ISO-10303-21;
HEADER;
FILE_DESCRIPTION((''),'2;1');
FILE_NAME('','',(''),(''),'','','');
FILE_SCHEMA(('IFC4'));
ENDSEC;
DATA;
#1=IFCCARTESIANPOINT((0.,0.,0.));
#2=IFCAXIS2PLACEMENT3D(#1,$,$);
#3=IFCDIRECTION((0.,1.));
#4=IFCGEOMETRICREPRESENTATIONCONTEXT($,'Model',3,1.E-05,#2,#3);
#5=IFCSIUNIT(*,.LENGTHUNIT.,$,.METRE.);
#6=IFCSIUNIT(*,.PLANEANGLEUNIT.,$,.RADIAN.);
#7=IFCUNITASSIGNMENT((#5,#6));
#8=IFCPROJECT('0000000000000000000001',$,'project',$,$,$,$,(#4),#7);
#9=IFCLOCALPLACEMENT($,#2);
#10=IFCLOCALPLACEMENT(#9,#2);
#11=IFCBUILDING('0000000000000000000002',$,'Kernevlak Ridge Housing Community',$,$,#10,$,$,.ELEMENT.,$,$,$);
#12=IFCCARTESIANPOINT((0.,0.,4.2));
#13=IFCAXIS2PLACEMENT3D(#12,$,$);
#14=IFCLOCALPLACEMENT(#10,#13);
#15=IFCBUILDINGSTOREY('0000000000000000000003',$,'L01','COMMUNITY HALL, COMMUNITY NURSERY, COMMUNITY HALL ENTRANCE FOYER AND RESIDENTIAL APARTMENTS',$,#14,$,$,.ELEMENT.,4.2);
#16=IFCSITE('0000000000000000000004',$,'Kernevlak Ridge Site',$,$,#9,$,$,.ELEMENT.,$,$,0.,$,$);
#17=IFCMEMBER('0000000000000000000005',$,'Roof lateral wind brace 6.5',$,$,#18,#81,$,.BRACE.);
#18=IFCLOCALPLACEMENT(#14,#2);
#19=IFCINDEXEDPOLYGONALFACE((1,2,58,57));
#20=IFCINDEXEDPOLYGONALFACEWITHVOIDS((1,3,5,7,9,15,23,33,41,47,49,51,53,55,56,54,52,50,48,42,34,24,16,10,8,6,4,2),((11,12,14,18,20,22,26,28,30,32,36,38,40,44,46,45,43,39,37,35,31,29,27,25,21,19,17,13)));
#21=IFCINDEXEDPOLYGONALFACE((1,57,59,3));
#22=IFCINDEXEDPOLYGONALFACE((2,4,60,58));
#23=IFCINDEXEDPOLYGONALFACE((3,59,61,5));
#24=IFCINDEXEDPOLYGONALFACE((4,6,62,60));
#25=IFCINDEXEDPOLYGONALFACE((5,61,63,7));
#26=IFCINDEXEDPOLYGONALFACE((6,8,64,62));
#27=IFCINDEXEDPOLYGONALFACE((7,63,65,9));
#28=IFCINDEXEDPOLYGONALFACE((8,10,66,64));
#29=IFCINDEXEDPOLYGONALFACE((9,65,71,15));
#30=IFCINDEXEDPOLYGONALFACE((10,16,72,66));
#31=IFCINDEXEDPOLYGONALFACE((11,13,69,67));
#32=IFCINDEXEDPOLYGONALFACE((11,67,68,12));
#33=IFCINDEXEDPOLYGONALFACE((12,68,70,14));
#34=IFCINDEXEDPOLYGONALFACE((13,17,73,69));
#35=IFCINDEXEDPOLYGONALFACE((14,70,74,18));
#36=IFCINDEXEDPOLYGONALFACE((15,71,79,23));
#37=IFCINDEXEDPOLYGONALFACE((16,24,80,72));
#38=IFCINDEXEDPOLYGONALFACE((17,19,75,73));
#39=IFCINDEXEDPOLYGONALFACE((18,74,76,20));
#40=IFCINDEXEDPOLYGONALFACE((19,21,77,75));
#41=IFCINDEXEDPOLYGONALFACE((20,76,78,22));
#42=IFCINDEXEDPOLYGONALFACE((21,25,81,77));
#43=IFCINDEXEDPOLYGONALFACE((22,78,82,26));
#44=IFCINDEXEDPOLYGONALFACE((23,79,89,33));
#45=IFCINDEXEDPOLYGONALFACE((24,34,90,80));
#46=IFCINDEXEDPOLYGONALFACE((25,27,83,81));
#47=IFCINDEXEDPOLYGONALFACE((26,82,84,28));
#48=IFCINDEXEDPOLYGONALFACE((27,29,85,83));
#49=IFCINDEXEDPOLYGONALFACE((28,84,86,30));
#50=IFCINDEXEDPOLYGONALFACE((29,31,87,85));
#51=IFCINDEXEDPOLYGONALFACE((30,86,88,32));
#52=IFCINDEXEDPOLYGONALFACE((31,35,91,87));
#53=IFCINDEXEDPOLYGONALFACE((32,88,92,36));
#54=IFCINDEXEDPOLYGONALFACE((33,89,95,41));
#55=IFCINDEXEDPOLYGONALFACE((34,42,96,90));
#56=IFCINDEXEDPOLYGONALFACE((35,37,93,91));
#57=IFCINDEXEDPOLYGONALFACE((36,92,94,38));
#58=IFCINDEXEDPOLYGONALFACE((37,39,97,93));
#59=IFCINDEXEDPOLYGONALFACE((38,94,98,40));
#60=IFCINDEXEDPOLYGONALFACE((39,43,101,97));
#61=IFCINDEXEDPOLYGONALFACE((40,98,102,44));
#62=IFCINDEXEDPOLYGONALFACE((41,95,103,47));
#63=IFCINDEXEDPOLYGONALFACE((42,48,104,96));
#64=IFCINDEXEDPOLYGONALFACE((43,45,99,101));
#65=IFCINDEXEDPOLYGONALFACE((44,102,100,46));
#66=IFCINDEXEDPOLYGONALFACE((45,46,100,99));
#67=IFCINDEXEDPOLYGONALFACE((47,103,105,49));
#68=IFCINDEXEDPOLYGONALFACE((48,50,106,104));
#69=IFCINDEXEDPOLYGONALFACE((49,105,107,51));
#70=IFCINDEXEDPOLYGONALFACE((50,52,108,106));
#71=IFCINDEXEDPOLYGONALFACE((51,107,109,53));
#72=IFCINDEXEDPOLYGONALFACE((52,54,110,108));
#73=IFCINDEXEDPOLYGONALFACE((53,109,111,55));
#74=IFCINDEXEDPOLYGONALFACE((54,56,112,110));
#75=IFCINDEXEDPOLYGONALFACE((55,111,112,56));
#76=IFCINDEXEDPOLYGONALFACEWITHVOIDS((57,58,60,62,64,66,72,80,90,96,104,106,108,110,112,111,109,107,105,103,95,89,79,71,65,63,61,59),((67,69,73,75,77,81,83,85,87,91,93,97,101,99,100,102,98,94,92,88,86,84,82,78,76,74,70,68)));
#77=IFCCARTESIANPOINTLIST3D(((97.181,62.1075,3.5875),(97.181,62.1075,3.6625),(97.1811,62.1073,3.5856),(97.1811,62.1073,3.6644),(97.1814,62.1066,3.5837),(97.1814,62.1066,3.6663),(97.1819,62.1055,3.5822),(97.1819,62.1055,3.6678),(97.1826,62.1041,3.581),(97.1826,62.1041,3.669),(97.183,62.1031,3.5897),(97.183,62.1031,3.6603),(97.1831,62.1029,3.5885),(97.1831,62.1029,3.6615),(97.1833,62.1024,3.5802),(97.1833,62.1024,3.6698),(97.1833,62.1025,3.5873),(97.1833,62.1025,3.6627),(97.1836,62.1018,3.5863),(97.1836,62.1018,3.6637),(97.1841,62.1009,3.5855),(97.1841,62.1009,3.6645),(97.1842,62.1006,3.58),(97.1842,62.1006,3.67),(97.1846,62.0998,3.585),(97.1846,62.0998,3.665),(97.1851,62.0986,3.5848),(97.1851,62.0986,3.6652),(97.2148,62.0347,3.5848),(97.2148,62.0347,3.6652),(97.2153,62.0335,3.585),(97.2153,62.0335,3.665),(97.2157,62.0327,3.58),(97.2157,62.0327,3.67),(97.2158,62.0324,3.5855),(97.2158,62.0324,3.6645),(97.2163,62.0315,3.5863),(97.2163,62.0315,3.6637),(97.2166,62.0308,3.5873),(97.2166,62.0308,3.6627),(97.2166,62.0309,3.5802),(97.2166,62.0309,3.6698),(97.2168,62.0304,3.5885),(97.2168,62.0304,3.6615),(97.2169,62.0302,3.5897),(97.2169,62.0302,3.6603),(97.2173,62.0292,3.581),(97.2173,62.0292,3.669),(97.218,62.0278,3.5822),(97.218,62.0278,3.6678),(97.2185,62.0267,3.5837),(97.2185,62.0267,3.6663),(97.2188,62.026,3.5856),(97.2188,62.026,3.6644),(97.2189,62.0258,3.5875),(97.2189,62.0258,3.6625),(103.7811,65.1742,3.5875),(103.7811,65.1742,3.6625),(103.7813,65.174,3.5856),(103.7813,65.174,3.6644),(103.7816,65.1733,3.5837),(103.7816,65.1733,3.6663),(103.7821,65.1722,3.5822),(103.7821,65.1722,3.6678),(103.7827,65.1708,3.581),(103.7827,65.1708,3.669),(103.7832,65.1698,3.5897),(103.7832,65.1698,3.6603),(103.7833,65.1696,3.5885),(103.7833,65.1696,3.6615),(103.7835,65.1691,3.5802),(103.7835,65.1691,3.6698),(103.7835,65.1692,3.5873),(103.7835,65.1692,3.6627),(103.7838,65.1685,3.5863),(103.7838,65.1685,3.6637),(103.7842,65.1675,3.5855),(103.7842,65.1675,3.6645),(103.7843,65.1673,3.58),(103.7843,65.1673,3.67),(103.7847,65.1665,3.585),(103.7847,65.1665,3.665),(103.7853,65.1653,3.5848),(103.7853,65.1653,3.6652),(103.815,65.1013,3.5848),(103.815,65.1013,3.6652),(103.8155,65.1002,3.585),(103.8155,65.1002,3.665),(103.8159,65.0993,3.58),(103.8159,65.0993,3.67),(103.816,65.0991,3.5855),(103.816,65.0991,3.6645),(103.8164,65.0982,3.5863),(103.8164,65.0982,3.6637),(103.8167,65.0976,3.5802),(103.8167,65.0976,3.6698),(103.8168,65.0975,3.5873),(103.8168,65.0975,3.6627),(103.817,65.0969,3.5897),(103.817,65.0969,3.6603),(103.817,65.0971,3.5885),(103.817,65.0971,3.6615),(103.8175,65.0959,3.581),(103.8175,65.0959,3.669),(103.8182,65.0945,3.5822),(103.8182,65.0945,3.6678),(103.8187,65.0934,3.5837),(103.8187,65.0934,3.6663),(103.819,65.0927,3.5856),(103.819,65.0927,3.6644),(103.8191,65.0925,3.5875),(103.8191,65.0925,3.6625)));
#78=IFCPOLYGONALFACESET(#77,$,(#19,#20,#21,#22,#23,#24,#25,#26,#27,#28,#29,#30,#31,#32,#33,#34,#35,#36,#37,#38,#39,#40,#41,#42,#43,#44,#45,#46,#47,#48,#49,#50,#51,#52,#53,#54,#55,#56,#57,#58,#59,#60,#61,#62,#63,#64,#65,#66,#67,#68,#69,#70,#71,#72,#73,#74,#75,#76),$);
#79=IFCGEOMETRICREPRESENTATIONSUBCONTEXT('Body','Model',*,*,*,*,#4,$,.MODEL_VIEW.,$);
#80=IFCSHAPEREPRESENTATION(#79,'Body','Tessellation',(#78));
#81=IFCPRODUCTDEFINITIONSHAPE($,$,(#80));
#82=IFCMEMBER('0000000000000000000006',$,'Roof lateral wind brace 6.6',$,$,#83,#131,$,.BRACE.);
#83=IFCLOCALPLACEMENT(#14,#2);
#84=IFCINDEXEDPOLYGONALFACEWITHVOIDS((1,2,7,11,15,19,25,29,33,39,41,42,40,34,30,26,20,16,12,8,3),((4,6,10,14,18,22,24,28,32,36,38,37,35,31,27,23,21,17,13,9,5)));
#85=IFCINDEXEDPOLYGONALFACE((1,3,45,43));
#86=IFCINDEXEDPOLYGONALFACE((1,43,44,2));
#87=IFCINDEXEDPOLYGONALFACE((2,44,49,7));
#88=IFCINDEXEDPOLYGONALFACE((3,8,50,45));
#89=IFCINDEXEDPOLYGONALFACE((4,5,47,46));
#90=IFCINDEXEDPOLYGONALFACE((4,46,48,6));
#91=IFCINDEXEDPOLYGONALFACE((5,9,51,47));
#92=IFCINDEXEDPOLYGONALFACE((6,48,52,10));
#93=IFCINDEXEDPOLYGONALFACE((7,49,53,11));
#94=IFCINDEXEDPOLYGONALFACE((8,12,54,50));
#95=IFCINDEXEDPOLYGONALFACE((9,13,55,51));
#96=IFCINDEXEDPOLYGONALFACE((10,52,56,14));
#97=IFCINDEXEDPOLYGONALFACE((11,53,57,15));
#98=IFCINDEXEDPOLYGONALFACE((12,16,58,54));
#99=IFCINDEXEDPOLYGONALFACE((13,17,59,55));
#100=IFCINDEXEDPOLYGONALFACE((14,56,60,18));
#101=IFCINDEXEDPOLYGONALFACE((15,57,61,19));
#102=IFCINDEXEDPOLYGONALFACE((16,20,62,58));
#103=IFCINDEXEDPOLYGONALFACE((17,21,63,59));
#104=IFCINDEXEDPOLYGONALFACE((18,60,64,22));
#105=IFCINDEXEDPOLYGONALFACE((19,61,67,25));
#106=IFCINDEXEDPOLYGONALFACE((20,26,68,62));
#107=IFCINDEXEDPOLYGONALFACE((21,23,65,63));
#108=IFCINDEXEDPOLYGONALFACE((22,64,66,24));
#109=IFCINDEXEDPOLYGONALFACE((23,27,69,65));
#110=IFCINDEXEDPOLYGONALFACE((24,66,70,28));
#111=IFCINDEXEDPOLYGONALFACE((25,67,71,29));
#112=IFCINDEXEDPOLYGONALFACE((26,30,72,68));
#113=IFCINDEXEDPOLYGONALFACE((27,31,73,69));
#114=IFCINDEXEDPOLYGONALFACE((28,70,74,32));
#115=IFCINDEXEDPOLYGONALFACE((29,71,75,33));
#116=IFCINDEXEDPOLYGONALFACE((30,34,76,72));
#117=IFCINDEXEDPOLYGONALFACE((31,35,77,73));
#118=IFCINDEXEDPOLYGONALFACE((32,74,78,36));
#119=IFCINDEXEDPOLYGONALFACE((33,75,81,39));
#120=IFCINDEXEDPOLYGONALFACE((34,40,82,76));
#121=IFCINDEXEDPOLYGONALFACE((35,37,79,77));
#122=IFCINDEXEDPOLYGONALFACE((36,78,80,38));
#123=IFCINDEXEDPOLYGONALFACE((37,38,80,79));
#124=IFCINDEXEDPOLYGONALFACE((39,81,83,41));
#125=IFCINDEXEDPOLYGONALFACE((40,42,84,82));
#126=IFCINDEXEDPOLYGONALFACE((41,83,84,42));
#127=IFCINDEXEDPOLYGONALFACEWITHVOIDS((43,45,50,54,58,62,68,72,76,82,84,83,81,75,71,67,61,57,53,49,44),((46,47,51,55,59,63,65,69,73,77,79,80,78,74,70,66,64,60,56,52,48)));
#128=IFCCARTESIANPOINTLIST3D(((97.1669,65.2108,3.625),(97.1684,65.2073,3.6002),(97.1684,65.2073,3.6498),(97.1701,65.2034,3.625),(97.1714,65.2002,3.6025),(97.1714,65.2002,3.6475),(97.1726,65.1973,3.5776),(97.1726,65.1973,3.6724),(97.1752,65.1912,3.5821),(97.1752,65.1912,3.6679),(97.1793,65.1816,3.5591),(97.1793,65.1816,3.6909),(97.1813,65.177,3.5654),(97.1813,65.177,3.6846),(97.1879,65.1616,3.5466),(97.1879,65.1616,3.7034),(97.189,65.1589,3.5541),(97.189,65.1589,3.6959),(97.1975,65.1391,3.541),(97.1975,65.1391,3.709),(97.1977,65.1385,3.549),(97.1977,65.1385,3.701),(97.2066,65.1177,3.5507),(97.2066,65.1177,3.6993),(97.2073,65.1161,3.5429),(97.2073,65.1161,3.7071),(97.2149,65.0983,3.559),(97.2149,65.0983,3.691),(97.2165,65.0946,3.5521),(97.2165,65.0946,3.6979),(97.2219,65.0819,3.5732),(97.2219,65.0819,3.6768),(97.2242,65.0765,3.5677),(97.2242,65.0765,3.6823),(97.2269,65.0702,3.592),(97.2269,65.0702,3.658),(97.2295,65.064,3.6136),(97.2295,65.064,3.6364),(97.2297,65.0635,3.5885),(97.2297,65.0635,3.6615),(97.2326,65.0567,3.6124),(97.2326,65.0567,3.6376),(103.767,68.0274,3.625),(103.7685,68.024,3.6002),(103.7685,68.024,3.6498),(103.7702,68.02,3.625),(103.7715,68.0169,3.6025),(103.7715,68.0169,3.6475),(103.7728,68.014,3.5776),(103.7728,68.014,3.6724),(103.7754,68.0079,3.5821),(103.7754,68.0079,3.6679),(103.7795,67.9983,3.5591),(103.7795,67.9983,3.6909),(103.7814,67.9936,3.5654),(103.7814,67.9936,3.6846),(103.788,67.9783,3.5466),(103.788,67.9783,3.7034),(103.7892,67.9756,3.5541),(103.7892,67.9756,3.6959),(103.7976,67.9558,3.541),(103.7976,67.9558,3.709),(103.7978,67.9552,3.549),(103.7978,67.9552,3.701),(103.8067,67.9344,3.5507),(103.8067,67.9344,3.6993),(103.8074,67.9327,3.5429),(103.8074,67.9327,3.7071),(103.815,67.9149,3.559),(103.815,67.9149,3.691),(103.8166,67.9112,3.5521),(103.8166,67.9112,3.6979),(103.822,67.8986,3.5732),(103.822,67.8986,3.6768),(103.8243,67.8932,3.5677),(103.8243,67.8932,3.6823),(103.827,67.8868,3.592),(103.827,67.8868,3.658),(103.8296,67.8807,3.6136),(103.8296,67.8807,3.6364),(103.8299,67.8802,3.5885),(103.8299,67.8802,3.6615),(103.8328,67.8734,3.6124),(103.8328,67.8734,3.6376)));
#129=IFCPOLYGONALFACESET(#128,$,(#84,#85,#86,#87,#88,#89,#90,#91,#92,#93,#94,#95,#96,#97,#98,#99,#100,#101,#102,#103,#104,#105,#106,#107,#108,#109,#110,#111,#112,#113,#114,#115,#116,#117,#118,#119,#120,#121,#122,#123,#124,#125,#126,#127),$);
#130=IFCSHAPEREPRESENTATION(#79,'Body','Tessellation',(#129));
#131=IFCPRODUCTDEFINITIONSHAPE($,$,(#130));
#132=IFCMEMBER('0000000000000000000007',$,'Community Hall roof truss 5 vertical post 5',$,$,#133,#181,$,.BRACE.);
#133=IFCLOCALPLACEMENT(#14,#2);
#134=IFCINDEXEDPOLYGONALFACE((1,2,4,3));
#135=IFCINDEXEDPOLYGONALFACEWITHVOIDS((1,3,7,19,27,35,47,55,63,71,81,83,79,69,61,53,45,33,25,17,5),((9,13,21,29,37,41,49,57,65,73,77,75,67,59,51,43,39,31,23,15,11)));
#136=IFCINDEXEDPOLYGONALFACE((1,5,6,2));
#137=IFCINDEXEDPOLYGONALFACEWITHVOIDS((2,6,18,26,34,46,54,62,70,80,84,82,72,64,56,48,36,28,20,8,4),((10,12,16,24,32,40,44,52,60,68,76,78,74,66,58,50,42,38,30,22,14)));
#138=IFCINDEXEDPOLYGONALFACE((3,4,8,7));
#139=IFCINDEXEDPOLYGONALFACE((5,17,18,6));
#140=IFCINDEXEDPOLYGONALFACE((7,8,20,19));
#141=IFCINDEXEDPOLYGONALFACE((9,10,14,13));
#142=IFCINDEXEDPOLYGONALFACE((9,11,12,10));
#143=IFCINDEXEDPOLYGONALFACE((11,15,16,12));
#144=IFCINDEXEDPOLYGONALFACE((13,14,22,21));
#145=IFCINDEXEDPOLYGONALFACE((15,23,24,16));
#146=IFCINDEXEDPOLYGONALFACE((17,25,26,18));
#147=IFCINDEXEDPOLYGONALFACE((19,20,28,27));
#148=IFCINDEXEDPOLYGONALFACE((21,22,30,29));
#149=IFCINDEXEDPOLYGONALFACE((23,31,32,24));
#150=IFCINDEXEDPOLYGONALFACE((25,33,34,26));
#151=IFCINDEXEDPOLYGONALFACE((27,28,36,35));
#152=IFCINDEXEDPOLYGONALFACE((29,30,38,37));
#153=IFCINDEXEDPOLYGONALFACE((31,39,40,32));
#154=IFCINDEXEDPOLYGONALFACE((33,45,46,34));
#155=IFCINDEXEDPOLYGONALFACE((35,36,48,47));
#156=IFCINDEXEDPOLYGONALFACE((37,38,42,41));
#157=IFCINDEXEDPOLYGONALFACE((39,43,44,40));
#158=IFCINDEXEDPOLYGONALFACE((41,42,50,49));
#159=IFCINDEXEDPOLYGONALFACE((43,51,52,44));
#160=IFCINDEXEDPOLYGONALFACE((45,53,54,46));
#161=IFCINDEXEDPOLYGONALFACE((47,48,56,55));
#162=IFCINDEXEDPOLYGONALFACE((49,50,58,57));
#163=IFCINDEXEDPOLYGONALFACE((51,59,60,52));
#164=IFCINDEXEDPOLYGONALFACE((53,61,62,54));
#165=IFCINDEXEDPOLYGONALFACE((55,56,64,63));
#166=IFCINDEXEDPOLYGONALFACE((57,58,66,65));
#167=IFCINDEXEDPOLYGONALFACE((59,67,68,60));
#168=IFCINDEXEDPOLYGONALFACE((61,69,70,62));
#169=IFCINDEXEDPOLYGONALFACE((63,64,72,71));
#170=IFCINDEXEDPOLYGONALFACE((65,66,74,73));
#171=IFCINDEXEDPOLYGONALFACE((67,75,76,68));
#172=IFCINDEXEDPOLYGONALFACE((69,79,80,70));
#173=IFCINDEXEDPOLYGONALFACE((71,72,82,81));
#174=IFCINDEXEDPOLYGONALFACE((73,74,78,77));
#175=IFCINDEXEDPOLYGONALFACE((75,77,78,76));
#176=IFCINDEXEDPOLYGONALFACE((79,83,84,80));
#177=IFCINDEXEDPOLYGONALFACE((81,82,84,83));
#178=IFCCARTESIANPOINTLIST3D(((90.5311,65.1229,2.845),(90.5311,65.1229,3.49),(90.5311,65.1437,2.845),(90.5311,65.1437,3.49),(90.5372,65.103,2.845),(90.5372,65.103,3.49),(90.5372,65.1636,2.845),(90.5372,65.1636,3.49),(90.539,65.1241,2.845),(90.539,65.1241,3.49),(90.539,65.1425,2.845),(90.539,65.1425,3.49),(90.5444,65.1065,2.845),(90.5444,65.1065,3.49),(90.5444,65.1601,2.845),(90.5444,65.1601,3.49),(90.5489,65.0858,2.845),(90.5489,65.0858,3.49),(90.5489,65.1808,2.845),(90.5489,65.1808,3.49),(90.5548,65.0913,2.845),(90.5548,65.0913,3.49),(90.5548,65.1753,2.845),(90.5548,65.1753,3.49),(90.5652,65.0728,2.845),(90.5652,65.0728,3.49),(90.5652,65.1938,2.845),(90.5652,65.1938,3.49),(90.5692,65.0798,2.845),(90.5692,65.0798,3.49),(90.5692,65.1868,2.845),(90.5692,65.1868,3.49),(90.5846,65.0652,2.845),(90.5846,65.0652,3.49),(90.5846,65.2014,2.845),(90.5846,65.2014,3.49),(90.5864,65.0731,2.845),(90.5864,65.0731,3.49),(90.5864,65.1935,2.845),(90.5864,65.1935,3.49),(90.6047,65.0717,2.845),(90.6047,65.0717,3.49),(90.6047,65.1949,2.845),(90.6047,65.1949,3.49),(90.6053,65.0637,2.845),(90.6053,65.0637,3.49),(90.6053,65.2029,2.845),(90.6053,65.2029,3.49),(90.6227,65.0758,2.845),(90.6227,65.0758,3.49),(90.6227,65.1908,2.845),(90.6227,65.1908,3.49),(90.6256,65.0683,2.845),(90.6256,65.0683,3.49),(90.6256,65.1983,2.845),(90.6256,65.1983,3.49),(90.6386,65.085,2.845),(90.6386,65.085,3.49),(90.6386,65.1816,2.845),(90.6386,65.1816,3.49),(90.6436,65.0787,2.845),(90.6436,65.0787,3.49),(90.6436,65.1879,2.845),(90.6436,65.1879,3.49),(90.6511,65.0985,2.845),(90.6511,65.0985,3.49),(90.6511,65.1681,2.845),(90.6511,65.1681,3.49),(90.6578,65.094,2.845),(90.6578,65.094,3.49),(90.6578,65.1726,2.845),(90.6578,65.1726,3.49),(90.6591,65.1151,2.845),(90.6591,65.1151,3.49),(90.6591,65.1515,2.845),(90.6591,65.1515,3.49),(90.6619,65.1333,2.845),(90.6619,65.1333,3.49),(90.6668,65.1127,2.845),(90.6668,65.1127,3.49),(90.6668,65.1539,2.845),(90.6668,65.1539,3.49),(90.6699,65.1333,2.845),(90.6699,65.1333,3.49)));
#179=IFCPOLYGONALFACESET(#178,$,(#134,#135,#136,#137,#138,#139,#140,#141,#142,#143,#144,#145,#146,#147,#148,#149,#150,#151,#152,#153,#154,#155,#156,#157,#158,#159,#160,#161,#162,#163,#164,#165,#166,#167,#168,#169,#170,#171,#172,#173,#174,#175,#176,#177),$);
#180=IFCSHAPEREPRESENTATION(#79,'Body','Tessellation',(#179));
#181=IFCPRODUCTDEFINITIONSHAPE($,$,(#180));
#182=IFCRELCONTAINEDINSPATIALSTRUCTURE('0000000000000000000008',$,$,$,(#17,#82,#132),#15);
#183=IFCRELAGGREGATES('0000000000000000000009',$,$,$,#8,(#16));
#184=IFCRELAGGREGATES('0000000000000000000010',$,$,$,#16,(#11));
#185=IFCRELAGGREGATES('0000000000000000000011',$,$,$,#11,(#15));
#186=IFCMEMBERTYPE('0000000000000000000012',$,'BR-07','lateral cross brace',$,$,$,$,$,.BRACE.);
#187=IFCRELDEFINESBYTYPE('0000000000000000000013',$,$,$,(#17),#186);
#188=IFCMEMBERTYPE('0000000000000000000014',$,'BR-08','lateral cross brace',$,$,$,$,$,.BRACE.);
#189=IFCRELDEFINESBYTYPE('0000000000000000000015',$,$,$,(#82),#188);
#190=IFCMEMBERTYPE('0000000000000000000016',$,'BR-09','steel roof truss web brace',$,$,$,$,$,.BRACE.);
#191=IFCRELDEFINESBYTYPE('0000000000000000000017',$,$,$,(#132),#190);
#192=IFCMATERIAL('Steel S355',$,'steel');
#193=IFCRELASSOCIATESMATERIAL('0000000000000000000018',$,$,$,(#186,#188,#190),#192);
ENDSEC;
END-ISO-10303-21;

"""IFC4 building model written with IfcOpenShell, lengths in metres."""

from ifc_helpers import new_model, si_unit, direction, frame, origin, origin_2d, place, context, subcontext, project, spatial, hollow_rectangle, hollow_circle, extrude, material, material_profile, profile_set, type_object, element, save


model = new_model("IFC4")

# Units and contexts
model_context = context("Model", 3, precision=1e-05, world=origin(), true_north=direction((0.0, 1.0)))
body_context = subcontext(model_context, "Body", "Model", "MODEL_VIEW")
ifc_project = project(units=[si_unit("LENGTHUNIT", "METRE"), si_unit("PLANEANGLEUNIT", "RADIAN")], contexts=[model_context])

# Site, building, storey
site_placement = place(None, origin())
site = spatial("IfcSite", under=ifc_project, at=site_placement, Name="Kernevlak Ridge Site", CompositionType="ELEMENT", RefElevation=0.0)
building_placement = place(site_placement, origin())
building = spatial("IfcBuilding", under=site, at=building_placement, Name="Kernevlak Ridge Housing Community", CompositionType="ELEMENT")
storey_placement = place(building_placement, frame((0.0, 0.0, 4.2)))
storey = spatial("IfcBuildingStorey", under=building, at=storey_placement, Name="L01", Description="COMMUNITY HALL, COMMUNITY NURSERY, COMMUNITY HALL ENTRANCE FOYER AND RESIDENTIAL APARTMENTS", CompositionType="ELEMENT", Elevation=4.2)

# Shared definitions
ifc_material_1 = material(Name="Steel S355", Category="steel")

# Members
ifc_material_profile_1 = material_profile(ifc_material_1, hollow_rectangle(XDim=0.0901, YDim=0.0901, WallThickness=0.0049, InnerFilletRadius=0.0049, OuterFilletRadius=0.0076, at=origin_2d()), Name="SHS 90x90x5")
ifc_profile_set_1 = profile_set([ifc_material_profile_1], Name="Steel S355")
member_type_1 = type_object("IfcMemberType", Name="BR-07", Description="lateral cross brace", PredefinedType="BRACE", material=ifc_profile_set_1)
member_1_placement = place(storey_placement, frame((97.2, 62.0667, 3.625), z_axis=(0.906887, 0.421373, 0.0), x_axis=(-0.421373, 0.906887, 0.0)))
element("IfcMember", 1, at=member_1_placement, inside=storey, type_object=member_type_1, Name="Roof lateral wind brace 6.5", PredefinedType="BRACE", context=body_context, shape_type="SweptSolid", body=[
    extrude(hollow_rectangle(XDim=0.0901, YDim=0.0901, WallThickness=0.0049, InnerFilletRadius=0.0049, OuterFilletRadius=0.0076, at=origin_2d()), origin(), (0.0, 0.0, 1.0), 7.2778),
])
ifc_material_profile_2 = material_profile(ifc_material_1, hollow_circle(Radius=0.0842, WallThickness=0.0081, at=origin_2d()), Name="CHS 168.3x8")
ifc_profile_set_2 = profile_set([ifc_material_profile_2], Name="Steel S355")
member_type_2 = type_object("IfcMemberType", Name="BR-08", Description="lateral cross brace", PredefinedType="BRACE", material=ifc_profile_set_2)
member_2_placement = place(storey_placement, frame((97.2, 65.1333, 3.625), z_axis=(0.919748, 0.39251, 0.0), x_axis=(-0.39251, 0.919748, 0.0)))
element("IfcMember", 2, at=member_2_placement, inside=storey, type_object=member_type_2, Name="Roof lateral wind brace 6.6", PredefinedType="BRACE", context=body_context, shape_type="SweptSolid", body=[
    extrude(hollow_circle(Radius=0.0842, WallThickness=0.0081, at=origin_2d()), origin(), (0.0, 0.0, 1.0), 7.176),
])
ifc_material_profile_3 = material_profile(ifc_material_1, hollow_circle(Radius=0.0698, WallThickness=0.0081, at=origin_2d()), Name="CHS 139.7x8")
ifc_profile_set_3 = profile_set([ifc_material_profile_3], Name="Steel S355")
member_type_3 = type_object("IfcMemberType", Name="BR-09", Description="steel roof truss web brace", PredefinedType="BRACE", material=ifc_profile_set_3)
member_3_placement = place(storey_placement, frame((90.6001, 65.1333, 2.845), z_axis=(0.0, 0.0, 1.0), x_axis=(1.0, 0.0, 0.0)))
element("IfcMember", 3, at=member_3_placement, inside=storey, type_object=member_type_3, Name="Community Hall roof truss 5 vertical post 5", PredefinedType="BRACE", context=body_context, shape_type="SweptSolid", body=[
    extrude(hollow_circle(Radius=0.0698, WallThickness=0.0081, at=origin_2d()), origin(), (0.0, 0.0, 1.0), 0.645),
])

save(model, "model.ifc")
